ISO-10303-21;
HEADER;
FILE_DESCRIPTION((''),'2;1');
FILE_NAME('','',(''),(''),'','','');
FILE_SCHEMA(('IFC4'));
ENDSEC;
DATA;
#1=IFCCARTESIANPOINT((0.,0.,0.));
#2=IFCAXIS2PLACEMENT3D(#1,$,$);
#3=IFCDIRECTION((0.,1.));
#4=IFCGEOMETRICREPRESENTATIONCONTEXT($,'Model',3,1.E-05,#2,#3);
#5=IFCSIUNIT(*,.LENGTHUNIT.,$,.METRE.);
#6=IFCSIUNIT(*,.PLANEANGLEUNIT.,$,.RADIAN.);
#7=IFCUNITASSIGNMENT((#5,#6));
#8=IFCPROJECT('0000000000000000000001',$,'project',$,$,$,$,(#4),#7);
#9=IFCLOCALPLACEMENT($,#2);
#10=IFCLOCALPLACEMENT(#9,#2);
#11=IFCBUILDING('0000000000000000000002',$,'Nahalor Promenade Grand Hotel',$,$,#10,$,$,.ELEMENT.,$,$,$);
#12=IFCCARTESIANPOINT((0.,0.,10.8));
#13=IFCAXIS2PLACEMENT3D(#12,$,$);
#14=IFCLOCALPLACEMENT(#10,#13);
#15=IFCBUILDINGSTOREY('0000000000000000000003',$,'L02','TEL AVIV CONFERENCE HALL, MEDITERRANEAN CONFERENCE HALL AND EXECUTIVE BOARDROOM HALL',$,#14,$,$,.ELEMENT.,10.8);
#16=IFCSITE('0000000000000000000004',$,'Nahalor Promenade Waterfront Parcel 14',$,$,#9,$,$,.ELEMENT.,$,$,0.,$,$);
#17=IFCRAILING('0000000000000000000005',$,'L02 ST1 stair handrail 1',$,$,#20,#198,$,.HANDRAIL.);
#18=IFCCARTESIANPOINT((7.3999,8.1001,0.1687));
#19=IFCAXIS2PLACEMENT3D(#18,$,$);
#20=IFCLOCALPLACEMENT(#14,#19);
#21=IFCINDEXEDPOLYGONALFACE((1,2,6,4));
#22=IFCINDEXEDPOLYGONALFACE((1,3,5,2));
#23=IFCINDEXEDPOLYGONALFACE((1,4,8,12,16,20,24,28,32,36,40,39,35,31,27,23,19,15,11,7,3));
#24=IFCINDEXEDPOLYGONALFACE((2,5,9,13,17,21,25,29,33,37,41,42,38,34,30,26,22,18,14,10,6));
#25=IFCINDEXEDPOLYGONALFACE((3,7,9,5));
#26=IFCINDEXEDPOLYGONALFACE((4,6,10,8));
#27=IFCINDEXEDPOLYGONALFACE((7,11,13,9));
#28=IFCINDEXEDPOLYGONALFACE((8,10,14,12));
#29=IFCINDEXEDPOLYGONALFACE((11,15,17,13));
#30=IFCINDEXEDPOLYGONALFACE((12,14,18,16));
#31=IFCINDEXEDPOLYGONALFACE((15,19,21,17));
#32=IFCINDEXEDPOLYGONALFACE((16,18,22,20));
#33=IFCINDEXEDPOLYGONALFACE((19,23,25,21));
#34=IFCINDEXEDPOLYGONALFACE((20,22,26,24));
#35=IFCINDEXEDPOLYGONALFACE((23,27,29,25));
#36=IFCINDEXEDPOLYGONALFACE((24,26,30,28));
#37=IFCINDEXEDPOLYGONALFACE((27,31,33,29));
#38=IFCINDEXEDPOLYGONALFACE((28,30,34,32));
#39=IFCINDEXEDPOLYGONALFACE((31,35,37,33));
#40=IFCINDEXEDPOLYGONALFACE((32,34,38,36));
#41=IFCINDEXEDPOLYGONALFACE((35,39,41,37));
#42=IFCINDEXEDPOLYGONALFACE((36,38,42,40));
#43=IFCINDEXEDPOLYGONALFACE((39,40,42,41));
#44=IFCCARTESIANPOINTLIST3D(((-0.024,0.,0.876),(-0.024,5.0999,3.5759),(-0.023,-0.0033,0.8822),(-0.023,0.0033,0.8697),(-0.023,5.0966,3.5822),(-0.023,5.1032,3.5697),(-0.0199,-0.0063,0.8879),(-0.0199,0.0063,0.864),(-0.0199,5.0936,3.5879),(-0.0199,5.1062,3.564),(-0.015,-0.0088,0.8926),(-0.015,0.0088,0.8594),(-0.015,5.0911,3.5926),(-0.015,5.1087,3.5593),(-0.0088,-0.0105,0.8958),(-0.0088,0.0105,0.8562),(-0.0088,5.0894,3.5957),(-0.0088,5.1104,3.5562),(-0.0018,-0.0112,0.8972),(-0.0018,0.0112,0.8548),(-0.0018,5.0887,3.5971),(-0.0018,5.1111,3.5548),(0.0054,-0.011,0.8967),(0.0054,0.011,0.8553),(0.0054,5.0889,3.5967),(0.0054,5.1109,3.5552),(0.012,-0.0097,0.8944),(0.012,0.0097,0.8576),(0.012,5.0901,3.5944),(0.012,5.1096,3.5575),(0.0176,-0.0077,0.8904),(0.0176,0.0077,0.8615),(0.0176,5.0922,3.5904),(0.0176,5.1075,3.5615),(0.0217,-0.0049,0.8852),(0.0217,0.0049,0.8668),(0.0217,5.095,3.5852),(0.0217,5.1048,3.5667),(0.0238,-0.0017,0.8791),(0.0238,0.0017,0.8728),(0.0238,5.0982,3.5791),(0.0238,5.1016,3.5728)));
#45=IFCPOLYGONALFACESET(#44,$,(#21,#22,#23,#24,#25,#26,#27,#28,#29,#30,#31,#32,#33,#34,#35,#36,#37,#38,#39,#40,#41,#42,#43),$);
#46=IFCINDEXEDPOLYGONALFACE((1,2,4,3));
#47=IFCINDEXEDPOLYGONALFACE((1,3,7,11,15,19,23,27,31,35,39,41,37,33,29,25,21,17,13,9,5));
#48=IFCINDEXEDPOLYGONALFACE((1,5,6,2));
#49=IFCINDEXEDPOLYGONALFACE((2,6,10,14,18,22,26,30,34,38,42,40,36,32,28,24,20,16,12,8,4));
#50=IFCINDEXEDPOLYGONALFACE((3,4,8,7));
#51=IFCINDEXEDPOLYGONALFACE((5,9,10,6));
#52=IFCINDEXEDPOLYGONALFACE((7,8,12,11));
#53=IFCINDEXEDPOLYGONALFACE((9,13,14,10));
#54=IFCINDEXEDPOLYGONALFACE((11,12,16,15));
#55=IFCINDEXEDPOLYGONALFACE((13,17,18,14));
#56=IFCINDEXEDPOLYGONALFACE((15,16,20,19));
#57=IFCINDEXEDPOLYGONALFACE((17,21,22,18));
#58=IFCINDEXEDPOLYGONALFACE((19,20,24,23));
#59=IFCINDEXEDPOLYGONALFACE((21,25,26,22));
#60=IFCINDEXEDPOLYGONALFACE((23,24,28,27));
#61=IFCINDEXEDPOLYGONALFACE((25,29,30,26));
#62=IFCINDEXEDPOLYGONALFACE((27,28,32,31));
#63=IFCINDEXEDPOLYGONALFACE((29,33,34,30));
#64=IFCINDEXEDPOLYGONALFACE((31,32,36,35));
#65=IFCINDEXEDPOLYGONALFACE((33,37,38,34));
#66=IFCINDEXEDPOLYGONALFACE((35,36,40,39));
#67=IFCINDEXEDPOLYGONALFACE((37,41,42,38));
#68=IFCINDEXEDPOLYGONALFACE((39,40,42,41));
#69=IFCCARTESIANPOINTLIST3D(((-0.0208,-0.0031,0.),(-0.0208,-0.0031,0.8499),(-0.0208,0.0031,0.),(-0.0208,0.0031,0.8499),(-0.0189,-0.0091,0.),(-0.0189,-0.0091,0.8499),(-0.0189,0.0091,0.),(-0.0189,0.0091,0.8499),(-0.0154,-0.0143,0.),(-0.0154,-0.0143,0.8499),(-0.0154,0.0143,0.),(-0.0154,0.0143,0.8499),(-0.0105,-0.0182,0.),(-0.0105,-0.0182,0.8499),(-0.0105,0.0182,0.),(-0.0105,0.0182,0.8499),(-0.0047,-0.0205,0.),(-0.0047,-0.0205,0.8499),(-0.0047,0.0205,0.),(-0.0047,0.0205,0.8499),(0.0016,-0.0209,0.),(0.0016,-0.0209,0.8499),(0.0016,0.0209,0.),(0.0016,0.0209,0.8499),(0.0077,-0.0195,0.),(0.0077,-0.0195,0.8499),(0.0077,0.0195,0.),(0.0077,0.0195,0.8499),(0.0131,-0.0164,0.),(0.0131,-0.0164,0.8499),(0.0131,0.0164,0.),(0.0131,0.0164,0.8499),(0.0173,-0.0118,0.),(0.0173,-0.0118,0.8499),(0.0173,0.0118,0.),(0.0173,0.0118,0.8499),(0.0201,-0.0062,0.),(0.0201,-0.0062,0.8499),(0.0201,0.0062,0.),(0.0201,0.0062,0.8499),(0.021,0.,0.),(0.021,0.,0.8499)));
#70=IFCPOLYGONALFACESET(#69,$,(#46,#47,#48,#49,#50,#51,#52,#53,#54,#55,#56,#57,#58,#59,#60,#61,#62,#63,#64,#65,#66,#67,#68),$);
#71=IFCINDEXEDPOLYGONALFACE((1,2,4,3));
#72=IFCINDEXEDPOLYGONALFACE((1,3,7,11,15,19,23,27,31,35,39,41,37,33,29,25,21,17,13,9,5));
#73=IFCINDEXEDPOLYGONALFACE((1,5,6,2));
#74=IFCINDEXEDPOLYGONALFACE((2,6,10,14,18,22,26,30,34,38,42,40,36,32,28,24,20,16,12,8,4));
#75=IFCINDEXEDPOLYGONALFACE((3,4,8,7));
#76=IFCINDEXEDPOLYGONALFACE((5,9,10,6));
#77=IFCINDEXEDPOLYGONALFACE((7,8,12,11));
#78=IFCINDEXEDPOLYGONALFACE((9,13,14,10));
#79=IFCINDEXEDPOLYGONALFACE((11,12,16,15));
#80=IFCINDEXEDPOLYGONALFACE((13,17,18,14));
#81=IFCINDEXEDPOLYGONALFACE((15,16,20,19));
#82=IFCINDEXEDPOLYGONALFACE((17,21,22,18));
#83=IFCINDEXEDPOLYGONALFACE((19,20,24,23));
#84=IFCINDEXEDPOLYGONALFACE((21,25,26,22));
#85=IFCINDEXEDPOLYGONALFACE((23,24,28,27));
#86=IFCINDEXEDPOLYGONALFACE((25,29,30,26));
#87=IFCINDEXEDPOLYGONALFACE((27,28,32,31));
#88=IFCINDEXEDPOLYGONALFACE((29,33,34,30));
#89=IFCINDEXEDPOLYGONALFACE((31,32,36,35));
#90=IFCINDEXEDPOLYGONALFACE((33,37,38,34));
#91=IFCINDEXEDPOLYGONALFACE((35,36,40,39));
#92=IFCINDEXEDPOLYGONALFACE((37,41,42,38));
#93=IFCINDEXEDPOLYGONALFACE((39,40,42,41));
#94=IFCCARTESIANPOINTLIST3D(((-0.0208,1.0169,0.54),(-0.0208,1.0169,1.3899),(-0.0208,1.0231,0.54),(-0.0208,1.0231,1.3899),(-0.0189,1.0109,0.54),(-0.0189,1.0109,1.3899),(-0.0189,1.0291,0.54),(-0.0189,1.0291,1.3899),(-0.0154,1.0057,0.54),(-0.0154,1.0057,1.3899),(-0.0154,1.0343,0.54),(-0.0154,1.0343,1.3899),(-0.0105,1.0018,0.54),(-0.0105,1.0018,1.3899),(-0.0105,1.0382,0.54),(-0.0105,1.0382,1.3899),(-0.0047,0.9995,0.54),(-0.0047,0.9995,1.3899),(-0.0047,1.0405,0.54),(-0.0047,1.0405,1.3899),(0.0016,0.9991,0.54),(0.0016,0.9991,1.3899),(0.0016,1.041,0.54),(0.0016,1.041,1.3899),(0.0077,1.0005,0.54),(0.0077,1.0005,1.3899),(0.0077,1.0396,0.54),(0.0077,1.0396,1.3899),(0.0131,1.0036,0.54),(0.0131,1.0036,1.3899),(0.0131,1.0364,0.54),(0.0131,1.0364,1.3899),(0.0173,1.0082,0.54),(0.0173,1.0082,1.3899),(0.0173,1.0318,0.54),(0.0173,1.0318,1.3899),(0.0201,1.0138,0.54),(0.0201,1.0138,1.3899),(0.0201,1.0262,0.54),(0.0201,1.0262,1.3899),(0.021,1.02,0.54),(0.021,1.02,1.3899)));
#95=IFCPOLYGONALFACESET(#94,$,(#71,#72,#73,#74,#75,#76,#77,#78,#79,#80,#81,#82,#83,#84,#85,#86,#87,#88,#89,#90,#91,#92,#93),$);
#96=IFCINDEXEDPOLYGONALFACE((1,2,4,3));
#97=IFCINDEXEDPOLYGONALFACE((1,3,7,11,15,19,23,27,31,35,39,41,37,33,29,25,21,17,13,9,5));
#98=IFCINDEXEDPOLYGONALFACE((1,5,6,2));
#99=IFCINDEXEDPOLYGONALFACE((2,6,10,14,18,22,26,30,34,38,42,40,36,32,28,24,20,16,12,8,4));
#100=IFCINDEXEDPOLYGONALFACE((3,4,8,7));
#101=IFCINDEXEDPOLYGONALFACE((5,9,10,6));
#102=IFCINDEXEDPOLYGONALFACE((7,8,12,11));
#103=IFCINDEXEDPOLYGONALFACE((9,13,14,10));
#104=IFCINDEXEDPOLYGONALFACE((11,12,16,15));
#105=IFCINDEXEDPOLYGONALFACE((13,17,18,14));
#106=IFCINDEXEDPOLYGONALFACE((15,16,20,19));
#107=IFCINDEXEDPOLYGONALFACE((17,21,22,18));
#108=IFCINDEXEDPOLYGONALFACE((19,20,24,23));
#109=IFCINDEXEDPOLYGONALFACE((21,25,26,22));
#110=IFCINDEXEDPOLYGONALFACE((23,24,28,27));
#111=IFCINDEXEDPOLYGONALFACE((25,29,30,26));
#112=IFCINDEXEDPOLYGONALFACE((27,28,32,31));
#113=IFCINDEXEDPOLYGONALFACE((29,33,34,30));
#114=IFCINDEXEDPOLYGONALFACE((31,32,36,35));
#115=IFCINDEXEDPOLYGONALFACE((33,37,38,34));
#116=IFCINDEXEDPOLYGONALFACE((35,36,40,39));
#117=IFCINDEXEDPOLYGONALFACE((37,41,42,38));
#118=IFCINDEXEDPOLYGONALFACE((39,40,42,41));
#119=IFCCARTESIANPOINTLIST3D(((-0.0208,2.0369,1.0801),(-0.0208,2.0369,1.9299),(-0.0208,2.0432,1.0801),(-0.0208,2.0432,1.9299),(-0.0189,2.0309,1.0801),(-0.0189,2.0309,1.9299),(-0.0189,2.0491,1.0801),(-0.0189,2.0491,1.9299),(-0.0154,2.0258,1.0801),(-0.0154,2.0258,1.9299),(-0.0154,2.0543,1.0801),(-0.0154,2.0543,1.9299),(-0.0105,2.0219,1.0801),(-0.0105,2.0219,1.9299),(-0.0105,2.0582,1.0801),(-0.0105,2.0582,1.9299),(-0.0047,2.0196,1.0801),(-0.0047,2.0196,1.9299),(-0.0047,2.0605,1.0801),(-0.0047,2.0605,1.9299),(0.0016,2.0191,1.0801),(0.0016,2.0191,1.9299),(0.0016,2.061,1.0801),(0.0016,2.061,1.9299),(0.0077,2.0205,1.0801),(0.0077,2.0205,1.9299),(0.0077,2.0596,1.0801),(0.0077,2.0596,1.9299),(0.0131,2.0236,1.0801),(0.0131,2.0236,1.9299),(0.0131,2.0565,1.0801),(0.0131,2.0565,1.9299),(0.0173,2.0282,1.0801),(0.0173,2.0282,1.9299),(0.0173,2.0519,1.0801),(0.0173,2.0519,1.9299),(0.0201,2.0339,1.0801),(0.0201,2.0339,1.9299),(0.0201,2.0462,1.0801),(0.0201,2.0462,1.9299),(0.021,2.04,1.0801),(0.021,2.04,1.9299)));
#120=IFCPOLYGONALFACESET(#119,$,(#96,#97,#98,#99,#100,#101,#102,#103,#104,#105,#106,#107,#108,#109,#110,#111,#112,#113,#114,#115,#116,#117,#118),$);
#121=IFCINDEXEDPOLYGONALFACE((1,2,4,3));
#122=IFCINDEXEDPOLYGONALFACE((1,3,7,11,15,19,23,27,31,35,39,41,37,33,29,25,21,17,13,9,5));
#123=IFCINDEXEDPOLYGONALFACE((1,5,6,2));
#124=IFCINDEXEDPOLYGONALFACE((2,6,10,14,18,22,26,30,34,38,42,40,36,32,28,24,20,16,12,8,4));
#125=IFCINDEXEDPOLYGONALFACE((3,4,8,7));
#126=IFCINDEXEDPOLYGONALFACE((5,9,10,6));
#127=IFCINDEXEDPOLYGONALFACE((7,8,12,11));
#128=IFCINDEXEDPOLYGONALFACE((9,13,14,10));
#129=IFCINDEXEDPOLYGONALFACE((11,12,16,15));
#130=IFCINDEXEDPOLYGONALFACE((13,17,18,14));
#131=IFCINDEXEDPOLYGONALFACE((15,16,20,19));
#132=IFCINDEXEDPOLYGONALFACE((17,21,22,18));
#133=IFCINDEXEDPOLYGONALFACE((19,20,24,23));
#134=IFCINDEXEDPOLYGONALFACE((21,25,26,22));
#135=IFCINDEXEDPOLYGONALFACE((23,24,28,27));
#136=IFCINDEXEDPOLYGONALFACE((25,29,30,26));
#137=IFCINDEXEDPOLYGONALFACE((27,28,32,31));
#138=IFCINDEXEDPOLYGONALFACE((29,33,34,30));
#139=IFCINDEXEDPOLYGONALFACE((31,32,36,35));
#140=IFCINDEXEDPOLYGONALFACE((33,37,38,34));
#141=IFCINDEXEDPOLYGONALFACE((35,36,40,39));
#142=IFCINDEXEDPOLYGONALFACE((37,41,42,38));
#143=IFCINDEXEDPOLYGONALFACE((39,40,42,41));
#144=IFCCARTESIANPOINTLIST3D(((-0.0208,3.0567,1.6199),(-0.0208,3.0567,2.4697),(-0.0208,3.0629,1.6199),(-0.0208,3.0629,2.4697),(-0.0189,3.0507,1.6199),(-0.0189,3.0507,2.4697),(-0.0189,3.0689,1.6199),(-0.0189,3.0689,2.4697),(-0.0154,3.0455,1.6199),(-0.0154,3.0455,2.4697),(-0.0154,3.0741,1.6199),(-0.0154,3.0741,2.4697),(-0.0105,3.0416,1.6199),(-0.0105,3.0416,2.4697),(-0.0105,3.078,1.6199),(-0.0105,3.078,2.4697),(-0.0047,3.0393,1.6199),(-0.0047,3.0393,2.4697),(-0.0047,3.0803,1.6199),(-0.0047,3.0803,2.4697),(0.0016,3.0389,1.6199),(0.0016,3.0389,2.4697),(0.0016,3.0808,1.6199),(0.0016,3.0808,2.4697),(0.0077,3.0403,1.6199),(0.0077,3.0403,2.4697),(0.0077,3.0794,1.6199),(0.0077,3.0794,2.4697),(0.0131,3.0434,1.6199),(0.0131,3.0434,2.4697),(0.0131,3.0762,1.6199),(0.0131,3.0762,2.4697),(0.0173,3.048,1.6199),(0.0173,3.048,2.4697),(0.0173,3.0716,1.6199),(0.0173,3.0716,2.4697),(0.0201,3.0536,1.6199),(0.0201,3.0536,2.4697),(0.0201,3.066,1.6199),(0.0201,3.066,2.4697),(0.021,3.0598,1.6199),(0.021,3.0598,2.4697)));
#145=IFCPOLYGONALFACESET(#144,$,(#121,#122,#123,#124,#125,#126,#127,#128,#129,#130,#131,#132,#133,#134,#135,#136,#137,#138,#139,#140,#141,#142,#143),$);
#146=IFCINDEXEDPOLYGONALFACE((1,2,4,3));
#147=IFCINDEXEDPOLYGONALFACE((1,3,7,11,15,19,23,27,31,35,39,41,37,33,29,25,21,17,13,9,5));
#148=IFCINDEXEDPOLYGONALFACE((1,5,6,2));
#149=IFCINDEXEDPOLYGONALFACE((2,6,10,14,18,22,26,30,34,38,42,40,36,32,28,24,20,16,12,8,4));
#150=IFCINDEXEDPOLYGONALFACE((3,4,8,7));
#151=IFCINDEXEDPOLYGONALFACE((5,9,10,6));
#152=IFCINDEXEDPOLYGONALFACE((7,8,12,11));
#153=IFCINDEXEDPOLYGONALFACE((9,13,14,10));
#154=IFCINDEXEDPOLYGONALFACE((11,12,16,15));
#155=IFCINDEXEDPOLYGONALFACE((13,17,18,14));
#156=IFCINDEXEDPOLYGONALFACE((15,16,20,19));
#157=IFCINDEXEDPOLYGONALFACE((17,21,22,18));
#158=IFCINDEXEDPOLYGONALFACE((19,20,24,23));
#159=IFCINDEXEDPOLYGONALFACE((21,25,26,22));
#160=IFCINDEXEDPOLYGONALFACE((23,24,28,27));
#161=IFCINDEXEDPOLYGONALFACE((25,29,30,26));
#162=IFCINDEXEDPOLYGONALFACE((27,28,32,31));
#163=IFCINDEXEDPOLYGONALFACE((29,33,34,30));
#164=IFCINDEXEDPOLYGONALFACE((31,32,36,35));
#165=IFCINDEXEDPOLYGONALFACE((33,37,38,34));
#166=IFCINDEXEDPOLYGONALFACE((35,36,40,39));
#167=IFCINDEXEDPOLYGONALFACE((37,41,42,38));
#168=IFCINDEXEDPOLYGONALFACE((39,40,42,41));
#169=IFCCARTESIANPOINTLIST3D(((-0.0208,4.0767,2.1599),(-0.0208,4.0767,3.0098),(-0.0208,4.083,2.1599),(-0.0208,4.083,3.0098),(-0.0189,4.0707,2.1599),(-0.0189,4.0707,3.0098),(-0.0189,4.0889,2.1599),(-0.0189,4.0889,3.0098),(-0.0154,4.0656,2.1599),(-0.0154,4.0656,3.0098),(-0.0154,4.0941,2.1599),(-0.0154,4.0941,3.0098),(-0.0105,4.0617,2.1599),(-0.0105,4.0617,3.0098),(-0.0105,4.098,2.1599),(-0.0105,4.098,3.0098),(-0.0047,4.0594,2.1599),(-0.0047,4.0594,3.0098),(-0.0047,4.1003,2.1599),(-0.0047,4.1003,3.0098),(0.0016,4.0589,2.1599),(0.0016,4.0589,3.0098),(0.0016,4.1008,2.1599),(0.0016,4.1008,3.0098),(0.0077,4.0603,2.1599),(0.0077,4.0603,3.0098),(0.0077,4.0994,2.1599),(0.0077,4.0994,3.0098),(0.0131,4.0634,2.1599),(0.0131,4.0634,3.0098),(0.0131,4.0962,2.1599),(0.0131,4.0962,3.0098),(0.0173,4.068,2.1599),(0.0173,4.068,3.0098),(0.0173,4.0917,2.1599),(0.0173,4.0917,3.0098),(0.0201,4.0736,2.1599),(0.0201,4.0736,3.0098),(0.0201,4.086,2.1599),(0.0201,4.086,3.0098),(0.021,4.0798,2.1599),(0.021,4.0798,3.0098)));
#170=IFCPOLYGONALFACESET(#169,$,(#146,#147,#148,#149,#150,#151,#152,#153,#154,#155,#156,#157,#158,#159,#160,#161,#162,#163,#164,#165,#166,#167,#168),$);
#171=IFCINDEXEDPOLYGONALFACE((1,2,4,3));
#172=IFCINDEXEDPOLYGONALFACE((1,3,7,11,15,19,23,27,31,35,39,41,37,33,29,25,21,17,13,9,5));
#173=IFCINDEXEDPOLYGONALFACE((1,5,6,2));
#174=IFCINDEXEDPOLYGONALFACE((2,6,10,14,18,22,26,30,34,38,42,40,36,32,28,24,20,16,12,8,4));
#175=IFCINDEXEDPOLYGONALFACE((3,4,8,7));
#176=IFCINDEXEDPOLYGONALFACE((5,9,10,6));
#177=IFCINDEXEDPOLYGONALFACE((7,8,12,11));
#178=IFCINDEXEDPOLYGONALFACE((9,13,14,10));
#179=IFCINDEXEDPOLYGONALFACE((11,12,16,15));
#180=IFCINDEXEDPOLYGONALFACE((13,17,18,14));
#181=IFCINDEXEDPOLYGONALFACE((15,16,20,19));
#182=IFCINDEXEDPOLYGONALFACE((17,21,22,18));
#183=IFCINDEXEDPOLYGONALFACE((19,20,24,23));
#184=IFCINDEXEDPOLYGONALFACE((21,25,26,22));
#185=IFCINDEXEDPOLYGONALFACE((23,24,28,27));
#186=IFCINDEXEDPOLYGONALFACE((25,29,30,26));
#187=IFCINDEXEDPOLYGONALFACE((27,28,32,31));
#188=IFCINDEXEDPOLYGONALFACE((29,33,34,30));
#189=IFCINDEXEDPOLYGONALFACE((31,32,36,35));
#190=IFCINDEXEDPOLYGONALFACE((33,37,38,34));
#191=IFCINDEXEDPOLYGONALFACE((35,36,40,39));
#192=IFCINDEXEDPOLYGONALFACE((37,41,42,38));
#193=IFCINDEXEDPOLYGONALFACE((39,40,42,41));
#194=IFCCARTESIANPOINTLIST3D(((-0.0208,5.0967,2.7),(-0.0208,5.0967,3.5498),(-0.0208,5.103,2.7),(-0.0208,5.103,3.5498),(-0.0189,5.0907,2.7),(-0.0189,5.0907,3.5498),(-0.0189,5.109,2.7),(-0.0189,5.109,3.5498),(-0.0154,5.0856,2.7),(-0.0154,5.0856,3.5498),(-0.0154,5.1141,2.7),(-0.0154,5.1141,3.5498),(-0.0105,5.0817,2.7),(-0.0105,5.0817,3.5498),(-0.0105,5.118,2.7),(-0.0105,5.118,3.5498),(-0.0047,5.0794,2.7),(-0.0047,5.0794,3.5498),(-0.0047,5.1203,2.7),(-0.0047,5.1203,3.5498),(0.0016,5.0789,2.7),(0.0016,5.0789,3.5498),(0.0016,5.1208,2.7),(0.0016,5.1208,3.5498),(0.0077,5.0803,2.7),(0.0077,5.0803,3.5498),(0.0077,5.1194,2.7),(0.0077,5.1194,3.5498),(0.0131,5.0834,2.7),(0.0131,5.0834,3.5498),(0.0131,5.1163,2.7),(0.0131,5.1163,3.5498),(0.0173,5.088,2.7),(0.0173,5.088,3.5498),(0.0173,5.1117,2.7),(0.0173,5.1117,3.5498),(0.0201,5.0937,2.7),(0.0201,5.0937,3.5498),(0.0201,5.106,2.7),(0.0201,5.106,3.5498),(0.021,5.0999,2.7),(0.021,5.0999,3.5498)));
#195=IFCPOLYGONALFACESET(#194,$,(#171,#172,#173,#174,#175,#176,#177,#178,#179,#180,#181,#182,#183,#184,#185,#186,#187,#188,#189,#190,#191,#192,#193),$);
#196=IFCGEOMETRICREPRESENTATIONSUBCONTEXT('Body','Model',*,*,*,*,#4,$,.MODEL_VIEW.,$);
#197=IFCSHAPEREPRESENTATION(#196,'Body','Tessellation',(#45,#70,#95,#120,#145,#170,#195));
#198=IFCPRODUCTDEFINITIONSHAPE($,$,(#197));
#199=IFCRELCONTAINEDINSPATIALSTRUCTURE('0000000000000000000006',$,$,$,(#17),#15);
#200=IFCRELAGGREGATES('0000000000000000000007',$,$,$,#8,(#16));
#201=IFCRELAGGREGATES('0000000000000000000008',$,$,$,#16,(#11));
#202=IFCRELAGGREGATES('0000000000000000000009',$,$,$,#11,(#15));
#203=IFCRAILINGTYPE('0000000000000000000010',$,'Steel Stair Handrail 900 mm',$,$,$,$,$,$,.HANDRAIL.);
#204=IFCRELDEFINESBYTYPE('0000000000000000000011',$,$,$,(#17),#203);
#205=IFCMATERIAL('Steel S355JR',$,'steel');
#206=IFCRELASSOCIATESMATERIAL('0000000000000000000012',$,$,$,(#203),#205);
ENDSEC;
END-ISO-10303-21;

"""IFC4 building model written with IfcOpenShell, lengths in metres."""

from ifc_helpers import new_model, si_unit, direction, frame, origin, origin_2d, place, context, subcontext, project, spatial, circle, extrude, material, type_object, element, save


model = new_model("IFC4")

# Units and contexts
model_context = context("Model", 3, precision=1e-05, world=origin(), true_north=direction((0.0, 1.0)))
body_context = subcontext(model_context, "Body", "Model", "MODEL_VIEW")
ifc_project = project(units=[si_unit("LENGTHUNIT", "METRE"), si_unit("PLANEANGLEUNIT", "RADIAN")], contexts=[model_context])

# Site, building, storey
site_placement = place(None, origin())
site = spatial("IfcSite", under=ifc_project, at=site_placement, Name="Nahalor Promenade Waterfront Parcel 14", CompositionType="ELEMENT", RefElevation=0.0)
building_placement = place(site_placement, origin())
building = spatial("IfcBuilding", under=site, at=building_placement, Name="Nahalor Promenade Grand Hotel", CompositionType="ELEMENT")
storey_placement = place(building_placement, frame((0.0, 0.0, 10.8)))
storey = spatial("IfcBuildingStorey", under=building, at=storey_placement, Name="L02", Description="TEL AVIV CONFERENCE HALL, MEDITERRANEAN CONFERENCE HALL AND EXECUTIVE BOARDROOM HALL", CompositionType="ELEMENT", Elevation=10.8)

# Shared definitions
ifc_material_1 = material(Name="Steel S355JR", Category="steel")

# Railing
railing_type = type_object("IfcRailingType", Name="Steel Stair Handrail 900 mm", PredefinedType="HANDRAIL", material=ifc_material_1)
railing_placement = place(storey_placement, frame((7.3999, 8.1001, 0.1687)))
element("IfcRailing", 1, at=railing_placement, inside=storey, type_object=railing_type, Name="L02 ST1 stair handrail 1", PredefinedType="HANDRAIL", context=body_context, shape_type="SweptSolid", body=[
    extrude(circle(Radius=0.024, at=origin_2d()), frame((0.0, 0.0, 0.876), z_axis=(0.0, 0.883786, 0.467892), x_axis=(-1.0, 0.0, 0.0)), (0.0, 0.0, 1.0), 5.7705),
    extrude(circle(Radius=0.021, at=origin_2d()), origin(), (0.0, 0.0, 1.0), 0.8499),
    extrude(circle(Radius=0.021, at=origin_2d()), frame((0.0, 1.02, 0.54)), (0.0, 0.0, 1.0), 0.8499),
    extrude(circle(Radius=0.021, at=origin_2d()), frame((0.0, 2.04, 1.0801)), (0.0, 0.0, 1.0), 0.8499),
    extrude(circle(Radius=0.021, at=origin_2d()), frame((0.0, 3.0598, 1.6199)), (0.0, 0.0, 1.0), 0.8499),
    extrude(circle(Radius=0.021, at=origin_2d()), frame((0.0, 4.0798, 2.1599)), (0.0, 0.0, 1.0), 0.8499),
    extrude(circle(Radius=0.021, at=origin_2d()), frame((0.0, 5.0999, 2.7)), (0.0, 0.0, 1.0), 0.8499),
])

save(model, "model.ifc")
